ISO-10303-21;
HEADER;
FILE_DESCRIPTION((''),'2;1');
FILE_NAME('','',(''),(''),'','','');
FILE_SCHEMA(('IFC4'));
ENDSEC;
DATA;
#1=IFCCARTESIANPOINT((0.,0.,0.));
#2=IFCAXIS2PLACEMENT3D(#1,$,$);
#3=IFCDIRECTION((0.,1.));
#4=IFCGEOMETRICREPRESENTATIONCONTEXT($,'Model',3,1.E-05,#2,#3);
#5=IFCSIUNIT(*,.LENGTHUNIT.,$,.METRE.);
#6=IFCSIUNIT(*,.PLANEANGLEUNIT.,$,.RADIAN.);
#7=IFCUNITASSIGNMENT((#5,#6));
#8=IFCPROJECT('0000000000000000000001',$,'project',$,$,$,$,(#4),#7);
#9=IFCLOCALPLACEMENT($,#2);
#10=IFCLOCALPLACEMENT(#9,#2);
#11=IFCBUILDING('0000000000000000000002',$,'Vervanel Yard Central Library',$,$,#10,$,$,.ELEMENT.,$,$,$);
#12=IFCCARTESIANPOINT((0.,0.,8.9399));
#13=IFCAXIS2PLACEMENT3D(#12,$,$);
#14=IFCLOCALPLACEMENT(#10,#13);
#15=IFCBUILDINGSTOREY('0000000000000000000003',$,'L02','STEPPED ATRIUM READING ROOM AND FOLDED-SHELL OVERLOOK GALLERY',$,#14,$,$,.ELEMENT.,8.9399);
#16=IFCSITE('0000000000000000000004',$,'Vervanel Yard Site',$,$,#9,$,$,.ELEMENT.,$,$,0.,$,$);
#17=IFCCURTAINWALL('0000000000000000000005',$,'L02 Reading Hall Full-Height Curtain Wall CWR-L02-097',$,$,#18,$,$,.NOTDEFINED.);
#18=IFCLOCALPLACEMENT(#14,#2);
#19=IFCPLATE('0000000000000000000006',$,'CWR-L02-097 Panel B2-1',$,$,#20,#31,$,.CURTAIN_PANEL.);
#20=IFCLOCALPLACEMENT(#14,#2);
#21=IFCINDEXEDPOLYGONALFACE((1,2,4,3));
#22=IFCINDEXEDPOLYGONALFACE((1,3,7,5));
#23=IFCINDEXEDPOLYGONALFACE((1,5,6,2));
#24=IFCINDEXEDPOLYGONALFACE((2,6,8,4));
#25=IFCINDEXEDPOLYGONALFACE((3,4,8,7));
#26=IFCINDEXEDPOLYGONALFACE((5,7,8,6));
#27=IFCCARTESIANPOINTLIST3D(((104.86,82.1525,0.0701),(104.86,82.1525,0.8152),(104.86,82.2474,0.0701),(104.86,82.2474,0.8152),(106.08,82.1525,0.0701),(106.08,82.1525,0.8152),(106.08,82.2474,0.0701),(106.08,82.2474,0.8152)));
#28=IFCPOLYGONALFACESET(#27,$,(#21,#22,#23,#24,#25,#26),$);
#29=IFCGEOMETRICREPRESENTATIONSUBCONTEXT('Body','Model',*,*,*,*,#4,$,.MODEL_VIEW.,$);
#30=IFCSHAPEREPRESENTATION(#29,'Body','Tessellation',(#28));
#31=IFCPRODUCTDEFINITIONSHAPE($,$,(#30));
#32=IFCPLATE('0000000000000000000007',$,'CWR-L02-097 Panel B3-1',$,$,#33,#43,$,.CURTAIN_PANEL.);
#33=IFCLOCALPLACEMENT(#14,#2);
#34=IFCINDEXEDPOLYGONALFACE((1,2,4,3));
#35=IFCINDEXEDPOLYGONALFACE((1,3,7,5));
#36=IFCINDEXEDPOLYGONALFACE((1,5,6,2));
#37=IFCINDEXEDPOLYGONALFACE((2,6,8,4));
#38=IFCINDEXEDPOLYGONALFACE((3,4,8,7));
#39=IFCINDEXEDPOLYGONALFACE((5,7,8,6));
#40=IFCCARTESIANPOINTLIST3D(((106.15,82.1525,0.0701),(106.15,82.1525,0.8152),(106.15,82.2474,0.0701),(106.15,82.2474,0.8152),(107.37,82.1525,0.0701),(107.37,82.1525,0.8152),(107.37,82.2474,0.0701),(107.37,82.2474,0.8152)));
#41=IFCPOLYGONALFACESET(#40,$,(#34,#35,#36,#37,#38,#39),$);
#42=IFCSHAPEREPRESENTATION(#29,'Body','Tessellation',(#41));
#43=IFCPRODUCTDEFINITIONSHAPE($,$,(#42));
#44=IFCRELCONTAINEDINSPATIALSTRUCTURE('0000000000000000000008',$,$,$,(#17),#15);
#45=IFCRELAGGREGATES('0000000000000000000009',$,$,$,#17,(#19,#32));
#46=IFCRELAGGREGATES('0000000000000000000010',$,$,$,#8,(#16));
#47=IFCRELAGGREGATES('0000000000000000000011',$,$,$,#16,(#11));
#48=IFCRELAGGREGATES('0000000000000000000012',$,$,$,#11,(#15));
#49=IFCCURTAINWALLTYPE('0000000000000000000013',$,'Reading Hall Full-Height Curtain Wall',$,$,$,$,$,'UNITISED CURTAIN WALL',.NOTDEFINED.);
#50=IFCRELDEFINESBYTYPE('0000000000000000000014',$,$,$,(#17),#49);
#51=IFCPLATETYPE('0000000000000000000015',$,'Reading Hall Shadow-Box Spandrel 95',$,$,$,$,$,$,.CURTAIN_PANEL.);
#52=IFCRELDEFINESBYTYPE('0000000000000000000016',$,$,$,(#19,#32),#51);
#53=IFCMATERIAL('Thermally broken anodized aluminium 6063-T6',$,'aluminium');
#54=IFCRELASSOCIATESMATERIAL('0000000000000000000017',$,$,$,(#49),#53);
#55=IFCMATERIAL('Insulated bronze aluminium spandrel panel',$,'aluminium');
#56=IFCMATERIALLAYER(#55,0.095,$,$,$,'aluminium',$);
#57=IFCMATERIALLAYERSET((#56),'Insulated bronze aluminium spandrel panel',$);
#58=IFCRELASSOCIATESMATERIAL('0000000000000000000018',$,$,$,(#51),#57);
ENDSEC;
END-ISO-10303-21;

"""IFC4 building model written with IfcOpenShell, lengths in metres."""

from ifc_helpers import new_model, si_unit, direction, frame, origin, origin_2d, place, context, subcontext, project, spatial, rectangle, extrude, material, layer, layer_set, type_object, element, aggregate, save


model = new_model("IFC4")

# Units and contexts
model_context = context("Model", 3, precision=1e-05, world=origin(), true_north=direction((0.0, 1.0)))
body_context = subcontext(model_context, "Body", "Model", "MODEL_VIEW")
ifc_project = project(units=[si_unit("LENGTHUNIT", "METRE"), si_unit("PLANEANGLEUNIT", "RADIAN")], contexts=[model_context])

# Site, building, storey
site_placement = place(None, origin())
site = spatial("IfcSite", under=ifc_project, at=site_placement, Name="Vervanel Yard Site", CompositionType="ELEMENT", RefElevation=0.0)
building_placement = place(site_placement, origin())
building = spatial("IfcBuilding", under=site, at=building_placement, Name="Vervanel Yard Central Library", CompositionType="ELEMENT")
storey_placement = place(building_placement, frame((0.0, 0.0, 8.9399)))
storey = spatial("IfcBuildingStorey", under=building, at=storey_placement, Name="L02", Description="STEPPED ATRIUM READING ROOM AND FOLDED-SHELL OVERLOOK GALLERY", CompositionType="ELEMENT", Elevation=8.9399)

# Shared definitions
ifc_material_1 = material(Name="Thermally broken anodized aluminium 6063-T6", Category="aluminium")
curtain_wall_type = type_object("IfcCurtainWallType", Name="Reading Hall Full-Height Curtain Wall", ElementType="UNITISED CURTAIN WALL", PredefinedType="NOTDEFINED", material=ifc_material_1)

# Curtain wall
curtain_wall_1_placement = place(storey_placement, origin())
curtain_wall_1 = element("IfcCurtainWall", 1, at=curtain_wall_1_placement, inside=storey, type_object=curtain_wall_type, Name="L02 Reading Hall Full-Height Curtain Wall CWR-L02-097", PredefinedType="NOTDEFINED")

# Plates
ifc_material_2 = material(Name="Insulated bronze aluminium spandrel panel", Category="aluminium")
ifc_layer_1 = layer(ifc_material_2, 0.095, Category="aluminium")
ifc_layer_set_1 = layer_set([ifc_layer_1], Name="Insulated bronze aluminium spandrel panel")
plate_type_1 = type_object("IfcPlateType", Name="Reading Hall Shadow-Box Spandrel 95", PredefinedType="CURTAIN_PANEL", material=ifc_layer_set_1)
plate_1_placement = place(storey_placement, frame((105.47, 82.2, 0.0701), z_axis=(0.0, 0.0, 1.0), x_axis=(1.0, 0.0, 0.0)))
plate_1 = element("IfcPlate", 2, at=plate_1_placement, type_object=plate_type_1, Name="CWR-L02-097 Panel B2-1", PredefinedType="CURTAIN_PANEL", context=body_context, shape_type="SweptSolid", body=[
    extrude(rectangle(XDim=1.22, YDim=0.095, at=origin_2d()), origin(), (0.0, 0.0, 1.0), 0.7451),
])
plate_2_placement = place(storey_placement, frame((106.76, 82.2, 0.0701), z_axis=(0.0, 0.0, 1.0), x_axis=(1.0, 0.0, 0.0)))
plate_2 = element("IfcPlate", 3, at=plate_2_placement, type_object=plate_type_1, Name="CWR-L02-097 Panel B3-1", PredefinedType="CURTAIN_PANEL", context=body_context, shape_type="SweptSolid", body=[
    extrude(rectangle(XDim=1.22, YDim=0.095, at=origin_2d()), origin(), (0.0, 0.0, 1.0), 0.7451),
])
aggregate(curtain_wall_1, [plate_1, plate_2])

save(model, "model.ifc")
